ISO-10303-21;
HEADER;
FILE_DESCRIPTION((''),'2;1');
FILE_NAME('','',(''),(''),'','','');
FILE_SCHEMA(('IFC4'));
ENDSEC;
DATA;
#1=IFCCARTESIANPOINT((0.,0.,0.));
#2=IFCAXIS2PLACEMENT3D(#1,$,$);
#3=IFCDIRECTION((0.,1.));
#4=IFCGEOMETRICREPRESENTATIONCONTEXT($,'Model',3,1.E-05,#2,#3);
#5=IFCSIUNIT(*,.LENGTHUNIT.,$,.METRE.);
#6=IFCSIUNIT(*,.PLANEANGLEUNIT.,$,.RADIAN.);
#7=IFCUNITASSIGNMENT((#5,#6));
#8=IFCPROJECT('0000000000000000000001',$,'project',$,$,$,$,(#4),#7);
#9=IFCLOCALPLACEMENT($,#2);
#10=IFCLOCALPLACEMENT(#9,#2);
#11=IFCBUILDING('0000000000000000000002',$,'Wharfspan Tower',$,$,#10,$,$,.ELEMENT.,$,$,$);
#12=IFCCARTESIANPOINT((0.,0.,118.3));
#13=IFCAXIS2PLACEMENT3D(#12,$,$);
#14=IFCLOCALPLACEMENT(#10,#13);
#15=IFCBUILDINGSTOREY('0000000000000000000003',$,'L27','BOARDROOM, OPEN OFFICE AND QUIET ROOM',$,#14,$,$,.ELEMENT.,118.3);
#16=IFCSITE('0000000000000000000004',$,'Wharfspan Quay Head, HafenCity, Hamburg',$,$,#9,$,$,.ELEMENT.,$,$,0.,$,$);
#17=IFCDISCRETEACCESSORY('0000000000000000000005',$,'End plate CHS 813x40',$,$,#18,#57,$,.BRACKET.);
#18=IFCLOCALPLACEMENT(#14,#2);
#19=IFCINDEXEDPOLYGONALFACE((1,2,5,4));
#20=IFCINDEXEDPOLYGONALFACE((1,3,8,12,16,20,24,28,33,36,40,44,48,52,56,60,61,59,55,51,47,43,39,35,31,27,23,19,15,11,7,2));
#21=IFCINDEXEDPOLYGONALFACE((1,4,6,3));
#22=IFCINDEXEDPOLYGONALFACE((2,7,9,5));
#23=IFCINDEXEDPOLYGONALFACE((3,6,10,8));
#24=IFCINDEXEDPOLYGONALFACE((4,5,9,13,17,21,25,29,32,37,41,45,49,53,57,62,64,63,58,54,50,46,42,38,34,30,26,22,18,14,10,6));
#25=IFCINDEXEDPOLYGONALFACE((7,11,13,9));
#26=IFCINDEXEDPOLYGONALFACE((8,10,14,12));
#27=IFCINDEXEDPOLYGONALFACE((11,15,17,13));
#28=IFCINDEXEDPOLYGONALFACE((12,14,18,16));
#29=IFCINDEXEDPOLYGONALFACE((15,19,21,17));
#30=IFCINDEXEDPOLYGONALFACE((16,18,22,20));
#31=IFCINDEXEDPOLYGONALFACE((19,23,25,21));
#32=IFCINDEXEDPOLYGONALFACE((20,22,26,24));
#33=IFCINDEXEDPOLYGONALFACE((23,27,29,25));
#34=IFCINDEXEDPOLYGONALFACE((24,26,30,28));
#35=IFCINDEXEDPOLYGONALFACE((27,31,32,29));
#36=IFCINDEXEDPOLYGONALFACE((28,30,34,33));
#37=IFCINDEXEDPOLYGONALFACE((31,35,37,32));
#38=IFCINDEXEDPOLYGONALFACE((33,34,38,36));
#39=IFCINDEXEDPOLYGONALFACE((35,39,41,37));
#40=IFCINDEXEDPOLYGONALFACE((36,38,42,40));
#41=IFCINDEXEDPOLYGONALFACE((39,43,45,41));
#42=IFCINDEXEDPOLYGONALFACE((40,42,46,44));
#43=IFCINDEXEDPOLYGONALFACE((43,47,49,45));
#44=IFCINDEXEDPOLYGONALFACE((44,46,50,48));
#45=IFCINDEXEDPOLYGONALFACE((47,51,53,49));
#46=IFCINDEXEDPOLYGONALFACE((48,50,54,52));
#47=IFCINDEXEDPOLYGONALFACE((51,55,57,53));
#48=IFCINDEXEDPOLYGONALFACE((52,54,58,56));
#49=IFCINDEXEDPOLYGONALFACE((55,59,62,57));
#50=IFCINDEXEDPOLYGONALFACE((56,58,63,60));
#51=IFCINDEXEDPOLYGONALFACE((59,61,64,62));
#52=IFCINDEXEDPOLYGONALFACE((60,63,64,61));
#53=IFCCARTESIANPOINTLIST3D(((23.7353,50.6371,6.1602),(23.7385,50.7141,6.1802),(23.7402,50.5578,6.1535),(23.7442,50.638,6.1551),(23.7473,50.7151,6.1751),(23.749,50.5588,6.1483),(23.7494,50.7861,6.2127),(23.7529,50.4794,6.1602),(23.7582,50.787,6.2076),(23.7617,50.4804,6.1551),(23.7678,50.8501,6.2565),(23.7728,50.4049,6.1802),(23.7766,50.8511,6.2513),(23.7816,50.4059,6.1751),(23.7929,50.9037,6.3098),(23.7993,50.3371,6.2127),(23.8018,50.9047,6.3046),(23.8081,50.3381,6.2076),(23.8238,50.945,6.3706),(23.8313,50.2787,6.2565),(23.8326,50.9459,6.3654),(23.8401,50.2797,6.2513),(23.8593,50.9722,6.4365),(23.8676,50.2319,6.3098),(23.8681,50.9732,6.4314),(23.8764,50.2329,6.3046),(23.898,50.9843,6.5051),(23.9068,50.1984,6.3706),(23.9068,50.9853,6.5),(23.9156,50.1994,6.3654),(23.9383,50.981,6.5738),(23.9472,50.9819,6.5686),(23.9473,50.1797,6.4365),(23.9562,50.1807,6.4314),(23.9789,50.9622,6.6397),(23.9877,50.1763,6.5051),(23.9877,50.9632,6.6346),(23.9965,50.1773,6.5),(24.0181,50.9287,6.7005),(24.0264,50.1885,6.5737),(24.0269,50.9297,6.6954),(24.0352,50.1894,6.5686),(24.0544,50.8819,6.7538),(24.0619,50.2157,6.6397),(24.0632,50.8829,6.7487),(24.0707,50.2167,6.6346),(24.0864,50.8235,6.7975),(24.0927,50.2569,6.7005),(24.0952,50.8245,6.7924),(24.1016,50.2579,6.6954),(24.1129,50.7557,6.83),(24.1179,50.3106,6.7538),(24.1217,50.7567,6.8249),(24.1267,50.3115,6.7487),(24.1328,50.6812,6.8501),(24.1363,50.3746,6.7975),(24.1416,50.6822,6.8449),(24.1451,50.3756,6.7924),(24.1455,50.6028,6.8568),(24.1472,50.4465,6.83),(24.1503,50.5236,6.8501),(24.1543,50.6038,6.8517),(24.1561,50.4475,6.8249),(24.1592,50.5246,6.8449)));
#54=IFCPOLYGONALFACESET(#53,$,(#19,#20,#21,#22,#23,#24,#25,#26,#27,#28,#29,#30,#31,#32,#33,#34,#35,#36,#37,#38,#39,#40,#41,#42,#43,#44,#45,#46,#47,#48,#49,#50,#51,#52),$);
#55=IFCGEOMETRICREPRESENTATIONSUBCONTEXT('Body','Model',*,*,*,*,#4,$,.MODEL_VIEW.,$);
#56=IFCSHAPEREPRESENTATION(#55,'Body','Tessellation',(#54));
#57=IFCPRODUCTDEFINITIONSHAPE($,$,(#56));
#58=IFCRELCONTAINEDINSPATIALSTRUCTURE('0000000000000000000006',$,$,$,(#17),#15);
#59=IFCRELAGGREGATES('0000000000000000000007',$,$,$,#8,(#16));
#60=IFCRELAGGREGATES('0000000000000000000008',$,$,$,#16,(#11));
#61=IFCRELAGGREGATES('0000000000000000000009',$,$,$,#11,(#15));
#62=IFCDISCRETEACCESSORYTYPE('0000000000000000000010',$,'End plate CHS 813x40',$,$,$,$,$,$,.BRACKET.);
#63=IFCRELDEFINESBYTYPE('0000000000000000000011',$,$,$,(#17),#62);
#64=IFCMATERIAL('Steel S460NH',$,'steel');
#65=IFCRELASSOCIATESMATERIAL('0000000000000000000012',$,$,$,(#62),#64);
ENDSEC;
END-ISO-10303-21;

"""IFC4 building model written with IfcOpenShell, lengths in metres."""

from ifc_helpers import new_model, si_unit, direction, frame, origin, origin_2d, place, context, subcontext, project, spatial, circle, extrude, material, material_profile, profile_set, type_object, element, save


model = new_model("IFC4")

# Units and contexts
model_context = context("Model", 3, precision=1e-05, world=origin(), true_north=direction((0.0, 1.0)))
body_context = subcontext(model_context, "Body", "Model", "MODEL_VIEW")
ifc_project = project(units=[si_unit("LENGTHUNIT", "METRE"), si_unit("PLANEANGLEUNIT", "RADIAN")], contexts=[model_context])

# Site, building, storey
site_placement = place(None, origin())
site = spatial("IfcSite", under=ifc_project, at=site_placement, Name="Wharfspan Quay Head, HafenCity, Hamburg", CompositionType="ELEMENT", RefElevation=0.0)
building_placement = place(site_placement, origin())
building = spatial("IfcBuilding", under=site, at=building_placement, Name="Wharfspan Tower", CompositionType="ELEMENT")
storey_placement = place(building_placement, frame((0.0, 0.0, 118.3)))
storey = spatial("IfcBuildingStorey", under=building, at=storey_placement, Name="L27", Description="BOARDROOM, OPEN OFFICE AND QUIET ROOM", CompositionType="ELEMENT", Elevation=118.3)

# Shared definitions
ifc_material_1 = material(Name="Steel S460NH", Category="steel")

# Discrete accessory
ifc_material_profile_1 = material_profile(ifc_material_1, circle(Radius=0.4065, at=origin_2d()))
ifc_profile_set_1 = profile_set([ifc_material_profile_1], Name="Steel S460NH")
discrete_accessory_type = type_object("IfcDiscreteAccessoryType", Name="End plate CHS 813x40", PredefinedType="BRACKET", material=ifc_profile_set_1)
discrete_accessory_placement = place(storey_placement, frame((23.9517, 50.5813, 6.5), z_axis=(-0.859828, -0.095536, 0.501566), x_axis=(0.11043, -0.99388, -0.000001)))
element("IfcDiscreteAccessory", 1, at=discrete_accessory_placement, inside=storey, type_object=discrete_accessory_type, Name="End plate CHS 813x40", PredefinedType="BRACKET", context=body_context, shape_type="SweptSolid", body=[
    extrude(circle(Radius=0.4065, at=origin_2d()), origin(), (0.0, 0.0, 1.0), 0.0103),
])

save(model, "model.ifc")
